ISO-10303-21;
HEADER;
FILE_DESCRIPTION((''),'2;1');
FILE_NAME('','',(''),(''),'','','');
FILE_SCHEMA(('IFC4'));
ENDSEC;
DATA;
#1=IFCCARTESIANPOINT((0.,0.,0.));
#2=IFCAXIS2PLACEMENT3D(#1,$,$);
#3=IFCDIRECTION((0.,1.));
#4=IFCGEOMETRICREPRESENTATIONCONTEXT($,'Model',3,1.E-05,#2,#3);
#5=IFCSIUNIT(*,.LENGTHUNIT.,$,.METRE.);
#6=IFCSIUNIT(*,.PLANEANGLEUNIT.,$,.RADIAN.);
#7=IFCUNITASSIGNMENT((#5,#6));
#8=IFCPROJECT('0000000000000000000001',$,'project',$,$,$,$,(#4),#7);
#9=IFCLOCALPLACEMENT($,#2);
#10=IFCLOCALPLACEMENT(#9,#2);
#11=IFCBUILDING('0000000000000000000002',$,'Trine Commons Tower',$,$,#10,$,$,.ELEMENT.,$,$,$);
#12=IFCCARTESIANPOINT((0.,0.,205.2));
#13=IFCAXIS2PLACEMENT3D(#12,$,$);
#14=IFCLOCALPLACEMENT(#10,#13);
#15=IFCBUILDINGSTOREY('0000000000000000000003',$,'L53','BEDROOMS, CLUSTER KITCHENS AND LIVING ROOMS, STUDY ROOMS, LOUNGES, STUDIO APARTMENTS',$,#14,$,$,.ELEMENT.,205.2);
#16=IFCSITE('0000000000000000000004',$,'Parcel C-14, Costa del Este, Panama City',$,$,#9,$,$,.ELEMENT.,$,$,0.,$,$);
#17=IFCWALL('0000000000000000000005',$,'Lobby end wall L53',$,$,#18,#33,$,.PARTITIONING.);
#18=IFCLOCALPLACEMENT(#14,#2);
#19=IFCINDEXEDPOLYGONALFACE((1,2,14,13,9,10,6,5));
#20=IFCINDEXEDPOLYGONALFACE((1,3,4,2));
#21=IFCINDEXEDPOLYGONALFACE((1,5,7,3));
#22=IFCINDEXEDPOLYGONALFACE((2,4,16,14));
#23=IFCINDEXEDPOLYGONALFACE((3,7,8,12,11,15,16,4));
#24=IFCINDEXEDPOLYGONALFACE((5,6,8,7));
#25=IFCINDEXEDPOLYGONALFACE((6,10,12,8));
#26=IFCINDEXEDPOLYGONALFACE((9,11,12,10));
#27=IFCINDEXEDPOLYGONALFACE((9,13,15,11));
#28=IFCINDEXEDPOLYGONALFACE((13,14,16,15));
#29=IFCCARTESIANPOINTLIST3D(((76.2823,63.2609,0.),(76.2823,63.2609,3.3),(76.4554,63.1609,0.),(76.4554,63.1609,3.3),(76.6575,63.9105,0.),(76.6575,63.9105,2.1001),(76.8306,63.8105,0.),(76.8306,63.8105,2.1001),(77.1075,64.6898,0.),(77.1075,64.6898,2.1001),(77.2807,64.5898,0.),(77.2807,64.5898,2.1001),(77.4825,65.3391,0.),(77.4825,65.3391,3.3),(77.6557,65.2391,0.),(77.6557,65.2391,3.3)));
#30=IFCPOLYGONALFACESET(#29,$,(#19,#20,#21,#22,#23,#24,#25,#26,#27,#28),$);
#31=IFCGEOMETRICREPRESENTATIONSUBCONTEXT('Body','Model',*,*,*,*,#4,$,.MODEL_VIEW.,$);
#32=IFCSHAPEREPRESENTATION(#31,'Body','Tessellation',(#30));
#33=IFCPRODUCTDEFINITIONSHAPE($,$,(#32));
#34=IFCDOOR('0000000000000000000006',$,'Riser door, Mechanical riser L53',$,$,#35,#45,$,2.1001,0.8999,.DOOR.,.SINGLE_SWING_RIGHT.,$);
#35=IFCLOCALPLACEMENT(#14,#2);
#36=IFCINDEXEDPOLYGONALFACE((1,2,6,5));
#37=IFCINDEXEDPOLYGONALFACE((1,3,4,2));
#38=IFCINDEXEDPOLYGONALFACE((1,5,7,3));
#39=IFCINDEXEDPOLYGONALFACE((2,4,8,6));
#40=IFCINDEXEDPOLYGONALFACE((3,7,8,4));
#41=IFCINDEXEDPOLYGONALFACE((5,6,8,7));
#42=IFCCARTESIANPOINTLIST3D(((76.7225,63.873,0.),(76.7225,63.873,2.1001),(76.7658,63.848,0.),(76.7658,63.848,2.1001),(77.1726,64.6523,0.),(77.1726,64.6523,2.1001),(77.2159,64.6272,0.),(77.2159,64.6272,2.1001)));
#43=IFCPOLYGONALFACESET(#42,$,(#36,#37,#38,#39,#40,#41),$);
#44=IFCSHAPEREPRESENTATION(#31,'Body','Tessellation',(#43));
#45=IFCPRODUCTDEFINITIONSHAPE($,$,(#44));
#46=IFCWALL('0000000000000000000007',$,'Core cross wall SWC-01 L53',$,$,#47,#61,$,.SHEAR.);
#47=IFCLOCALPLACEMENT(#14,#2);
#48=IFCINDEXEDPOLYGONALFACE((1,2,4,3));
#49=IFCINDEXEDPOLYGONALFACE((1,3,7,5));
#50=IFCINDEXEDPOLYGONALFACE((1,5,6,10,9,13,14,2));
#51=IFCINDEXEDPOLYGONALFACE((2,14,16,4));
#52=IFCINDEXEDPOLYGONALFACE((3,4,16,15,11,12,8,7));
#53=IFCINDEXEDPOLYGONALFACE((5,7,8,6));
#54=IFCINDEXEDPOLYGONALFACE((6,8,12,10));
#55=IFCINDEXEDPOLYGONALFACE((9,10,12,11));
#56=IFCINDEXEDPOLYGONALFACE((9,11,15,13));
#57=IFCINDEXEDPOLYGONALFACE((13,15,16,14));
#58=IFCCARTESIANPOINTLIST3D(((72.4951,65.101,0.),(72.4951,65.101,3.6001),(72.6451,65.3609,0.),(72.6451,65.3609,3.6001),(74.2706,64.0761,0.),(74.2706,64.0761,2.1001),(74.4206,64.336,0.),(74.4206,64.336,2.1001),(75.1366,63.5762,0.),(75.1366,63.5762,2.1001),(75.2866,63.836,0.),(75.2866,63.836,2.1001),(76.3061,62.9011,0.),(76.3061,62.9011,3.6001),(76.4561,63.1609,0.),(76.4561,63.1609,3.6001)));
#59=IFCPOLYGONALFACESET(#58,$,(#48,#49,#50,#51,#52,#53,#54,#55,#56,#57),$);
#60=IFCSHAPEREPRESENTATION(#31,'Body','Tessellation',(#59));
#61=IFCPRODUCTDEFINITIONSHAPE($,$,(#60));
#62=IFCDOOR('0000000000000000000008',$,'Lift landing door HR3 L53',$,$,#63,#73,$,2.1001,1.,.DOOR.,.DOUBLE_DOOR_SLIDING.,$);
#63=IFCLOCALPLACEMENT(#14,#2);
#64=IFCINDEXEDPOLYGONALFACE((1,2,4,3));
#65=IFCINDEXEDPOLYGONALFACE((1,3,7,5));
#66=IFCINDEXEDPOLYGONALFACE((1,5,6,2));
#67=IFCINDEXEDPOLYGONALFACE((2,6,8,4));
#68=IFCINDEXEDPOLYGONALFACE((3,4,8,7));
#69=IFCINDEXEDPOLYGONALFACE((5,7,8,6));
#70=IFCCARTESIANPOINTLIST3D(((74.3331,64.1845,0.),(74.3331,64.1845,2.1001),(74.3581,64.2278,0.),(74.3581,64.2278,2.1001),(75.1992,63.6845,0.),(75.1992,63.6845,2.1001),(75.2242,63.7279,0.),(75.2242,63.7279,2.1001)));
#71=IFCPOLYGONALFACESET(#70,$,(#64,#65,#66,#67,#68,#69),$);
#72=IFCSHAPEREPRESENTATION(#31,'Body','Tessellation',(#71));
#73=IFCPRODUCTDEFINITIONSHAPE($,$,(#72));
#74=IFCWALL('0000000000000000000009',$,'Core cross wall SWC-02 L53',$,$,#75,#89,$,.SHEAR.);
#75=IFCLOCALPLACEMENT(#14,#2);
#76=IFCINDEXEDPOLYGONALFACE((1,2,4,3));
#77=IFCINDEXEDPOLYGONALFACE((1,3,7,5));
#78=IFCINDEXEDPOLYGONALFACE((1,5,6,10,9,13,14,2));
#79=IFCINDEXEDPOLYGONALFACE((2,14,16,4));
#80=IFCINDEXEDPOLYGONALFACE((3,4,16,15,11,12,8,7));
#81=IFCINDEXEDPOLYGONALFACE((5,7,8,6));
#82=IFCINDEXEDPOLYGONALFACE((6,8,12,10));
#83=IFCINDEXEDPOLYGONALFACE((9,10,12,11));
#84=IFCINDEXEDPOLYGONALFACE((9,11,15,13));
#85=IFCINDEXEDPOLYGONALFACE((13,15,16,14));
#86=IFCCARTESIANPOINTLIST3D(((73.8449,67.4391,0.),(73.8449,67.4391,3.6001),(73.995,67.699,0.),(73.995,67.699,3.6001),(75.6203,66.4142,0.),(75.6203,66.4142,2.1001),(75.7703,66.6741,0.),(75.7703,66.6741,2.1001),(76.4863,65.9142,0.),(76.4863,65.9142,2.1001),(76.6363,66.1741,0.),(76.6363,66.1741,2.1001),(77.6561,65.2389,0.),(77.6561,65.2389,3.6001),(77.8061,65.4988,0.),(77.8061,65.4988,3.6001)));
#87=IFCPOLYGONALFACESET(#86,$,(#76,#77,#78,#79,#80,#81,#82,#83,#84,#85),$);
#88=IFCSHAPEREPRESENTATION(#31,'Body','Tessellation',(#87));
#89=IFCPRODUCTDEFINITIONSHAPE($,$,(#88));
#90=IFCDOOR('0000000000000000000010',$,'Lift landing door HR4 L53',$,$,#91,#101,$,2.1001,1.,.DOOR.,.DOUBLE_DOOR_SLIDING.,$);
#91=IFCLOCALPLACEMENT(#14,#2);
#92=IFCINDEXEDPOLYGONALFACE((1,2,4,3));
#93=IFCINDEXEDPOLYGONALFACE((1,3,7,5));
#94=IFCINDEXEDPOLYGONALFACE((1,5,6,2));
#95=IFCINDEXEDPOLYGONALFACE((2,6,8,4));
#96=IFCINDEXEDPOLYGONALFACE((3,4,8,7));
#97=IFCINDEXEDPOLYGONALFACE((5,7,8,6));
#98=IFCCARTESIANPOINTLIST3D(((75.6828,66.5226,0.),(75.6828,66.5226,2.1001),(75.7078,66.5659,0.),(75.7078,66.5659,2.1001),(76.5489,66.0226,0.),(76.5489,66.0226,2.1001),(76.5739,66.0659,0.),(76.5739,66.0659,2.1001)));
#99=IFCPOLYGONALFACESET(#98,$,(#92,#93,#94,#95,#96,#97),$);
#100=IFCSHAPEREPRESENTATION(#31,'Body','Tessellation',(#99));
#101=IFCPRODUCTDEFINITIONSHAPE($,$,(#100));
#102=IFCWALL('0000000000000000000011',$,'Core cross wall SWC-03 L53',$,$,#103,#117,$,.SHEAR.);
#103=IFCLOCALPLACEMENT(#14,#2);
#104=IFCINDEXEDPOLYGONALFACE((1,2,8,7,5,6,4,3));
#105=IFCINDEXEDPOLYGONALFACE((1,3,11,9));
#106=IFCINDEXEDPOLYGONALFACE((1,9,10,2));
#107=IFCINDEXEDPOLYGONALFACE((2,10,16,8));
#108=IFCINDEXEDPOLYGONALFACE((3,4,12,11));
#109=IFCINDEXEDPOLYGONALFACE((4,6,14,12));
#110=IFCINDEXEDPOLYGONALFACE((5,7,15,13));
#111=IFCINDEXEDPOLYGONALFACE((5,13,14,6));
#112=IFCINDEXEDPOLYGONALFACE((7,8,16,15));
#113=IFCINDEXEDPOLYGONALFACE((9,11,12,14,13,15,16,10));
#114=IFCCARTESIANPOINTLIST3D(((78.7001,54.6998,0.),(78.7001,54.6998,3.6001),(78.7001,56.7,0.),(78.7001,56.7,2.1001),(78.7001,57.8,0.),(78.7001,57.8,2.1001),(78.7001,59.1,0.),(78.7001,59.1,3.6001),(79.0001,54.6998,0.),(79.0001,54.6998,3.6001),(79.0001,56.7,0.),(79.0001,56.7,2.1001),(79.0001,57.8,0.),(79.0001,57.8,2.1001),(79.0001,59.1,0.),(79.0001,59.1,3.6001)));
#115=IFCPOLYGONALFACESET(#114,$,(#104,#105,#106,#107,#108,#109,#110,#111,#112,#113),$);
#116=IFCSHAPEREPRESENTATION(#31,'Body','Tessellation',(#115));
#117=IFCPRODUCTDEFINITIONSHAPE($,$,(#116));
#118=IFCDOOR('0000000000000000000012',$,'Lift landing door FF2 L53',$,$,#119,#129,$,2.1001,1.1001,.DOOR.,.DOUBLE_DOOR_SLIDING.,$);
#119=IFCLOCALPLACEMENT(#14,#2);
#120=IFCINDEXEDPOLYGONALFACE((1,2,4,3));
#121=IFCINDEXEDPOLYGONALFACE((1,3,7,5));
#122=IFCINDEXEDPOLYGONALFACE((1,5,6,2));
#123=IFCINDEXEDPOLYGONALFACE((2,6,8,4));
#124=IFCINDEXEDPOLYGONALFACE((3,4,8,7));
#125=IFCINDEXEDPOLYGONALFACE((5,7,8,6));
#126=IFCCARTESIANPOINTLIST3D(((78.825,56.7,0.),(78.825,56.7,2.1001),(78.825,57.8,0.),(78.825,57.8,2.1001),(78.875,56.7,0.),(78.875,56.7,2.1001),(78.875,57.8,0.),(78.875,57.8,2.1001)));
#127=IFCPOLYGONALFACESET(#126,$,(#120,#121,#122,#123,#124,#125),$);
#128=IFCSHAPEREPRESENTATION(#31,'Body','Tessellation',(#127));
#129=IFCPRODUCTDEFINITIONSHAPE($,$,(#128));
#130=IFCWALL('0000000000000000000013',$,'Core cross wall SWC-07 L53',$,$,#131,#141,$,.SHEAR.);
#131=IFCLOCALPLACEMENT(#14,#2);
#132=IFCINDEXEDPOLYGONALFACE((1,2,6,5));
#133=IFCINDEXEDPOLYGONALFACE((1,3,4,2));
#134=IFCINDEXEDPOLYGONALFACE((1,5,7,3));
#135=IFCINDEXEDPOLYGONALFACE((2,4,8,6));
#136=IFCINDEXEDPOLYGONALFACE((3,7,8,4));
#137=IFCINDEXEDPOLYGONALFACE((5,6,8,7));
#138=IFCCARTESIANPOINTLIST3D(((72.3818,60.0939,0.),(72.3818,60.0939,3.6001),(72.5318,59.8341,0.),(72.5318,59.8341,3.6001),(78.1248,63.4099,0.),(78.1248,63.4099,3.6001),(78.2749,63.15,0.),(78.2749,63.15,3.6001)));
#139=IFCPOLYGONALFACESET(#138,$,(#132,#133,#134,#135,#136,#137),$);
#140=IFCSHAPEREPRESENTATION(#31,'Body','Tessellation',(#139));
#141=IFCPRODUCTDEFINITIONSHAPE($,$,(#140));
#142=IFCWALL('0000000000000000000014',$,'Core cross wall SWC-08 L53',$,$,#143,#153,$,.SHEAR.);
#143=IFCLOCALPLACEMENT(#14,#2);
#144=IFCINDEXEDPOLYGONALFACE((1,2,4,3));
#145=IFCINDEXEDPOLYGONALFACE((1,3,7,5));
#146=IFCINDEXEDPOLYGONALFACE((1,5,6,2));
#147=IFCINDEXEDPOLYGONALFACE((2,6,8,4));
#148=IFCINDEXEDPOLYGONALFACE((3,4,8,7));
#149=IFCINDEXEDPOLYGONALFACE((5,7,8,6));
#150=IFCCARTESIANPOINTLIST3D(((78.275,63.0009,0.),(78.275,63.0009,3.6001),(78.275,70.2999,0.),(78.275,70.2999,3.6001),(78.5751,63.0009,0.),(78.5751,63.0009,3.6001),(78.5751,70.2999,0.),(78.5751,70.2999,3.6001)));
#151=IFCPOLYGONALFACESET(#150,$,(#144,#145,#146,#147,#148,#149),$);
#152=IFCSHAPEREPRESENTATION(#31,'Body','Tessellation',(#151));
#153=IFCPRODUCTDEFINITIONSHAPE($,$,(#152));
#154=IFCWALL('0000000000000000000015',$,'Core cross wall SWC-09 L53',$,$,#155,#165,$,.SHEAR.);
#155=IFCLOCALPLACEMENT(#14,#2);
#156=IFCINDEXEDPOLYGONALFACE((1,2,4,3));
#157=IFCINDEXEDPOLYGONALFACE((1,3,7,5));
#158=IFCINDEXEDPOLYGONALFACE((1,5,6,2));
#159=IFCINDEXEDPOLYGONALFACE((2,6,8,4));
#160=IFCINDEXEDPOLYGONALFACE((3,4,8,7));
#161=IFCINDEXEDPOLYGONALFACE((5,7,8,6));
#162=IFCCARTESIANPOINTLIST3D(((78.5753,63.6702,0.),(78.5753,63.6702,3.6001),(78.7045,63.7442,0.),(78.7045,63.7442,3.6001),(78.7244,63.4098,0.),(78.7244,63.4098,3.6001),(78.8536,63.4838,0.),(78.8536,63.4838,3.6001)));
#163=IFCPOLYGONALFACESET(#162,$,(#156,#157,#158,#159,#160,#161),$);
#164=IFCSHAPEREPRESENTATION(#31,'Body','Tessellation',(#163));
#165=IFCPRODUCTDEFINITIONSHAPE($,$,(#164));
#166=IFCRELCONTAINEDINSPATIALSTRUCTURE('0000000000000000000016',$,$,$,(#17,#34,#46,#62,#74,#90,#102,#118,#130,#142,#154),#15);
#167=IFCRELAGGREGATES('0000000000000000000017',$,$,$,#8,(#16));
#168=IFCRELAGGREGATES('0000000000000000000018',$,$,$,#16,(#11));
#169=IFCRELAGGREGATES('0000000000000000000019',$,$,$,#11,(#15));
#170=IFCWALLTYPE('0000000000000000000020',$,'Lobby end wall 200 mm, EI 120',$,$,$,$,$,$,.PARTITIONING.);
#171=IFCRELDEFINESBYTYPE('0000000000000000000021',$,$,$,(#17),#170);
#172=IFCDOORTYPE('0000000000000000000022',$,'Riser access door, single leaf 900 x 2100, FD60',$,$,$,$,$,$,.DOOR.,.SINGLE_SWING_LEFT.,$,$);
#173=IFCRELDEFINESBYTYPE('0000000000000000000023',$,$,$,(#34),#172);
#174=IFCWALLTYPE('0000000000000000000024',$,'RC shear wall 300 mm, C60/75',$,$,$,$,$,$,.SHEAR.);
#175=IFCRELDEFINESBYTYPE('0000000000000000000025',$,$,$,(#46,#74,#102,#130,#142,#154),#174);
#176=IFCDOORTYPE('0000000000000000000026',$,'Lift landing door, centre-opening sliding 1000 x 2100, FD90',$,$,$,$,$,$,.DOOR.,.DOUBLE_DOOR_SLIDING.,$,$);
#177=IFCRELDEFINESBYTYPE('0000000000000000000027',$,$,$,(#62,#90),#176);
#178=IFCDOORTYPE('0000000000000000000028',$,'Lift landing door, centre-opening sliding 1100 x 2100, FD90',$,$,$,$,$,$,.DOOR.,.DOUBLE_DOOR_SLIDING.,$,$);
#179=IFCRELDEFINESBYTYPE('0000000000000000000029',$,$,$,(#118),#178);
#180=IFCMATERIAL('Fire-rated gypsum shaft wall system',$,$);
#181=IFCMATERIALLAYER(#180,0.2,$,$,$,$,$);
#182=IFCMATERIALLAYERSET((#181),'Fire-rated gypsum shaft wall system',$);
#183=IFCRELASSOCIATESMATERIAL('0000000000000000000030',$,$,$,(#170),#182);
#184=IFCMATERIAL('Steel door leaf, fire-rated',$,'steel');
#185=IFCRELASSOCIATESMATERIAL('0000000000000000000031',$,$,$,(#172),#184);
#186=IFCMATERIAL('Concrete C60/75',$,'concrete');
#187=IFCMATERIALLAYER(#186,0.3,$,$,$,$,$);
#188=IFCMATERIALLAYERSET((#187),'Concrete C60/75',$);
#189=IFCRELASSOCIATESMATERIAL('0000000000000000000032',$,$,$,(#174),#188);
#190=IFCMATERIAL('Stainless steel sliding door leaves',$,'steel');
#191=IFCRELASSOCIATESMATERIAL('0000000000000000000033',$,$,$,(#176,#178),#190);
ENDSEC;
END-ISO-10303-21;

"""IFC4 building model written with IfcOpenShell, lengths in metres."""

from ifc_helpers import new_model, si_unit, direction, frame, frame_2d, origin, place, context, subcontext, project, spatial, rectangle, extrude, material, layer, layer_set, type_object, element, fill, save


model = new_model("IFC4")

# Units and contexts
model_context = context("Model", 3, precision=1e-05, world=origin(), true_north=direction((0.0, 1.0)))
body_context = subcontext(model_context, "Body", "Model", "MODEL_VIEW")
ifc_project = project(units=[si_unit("LENGTHUNIT", "METRE"), si_unit("PLANEANGLEUNIT", "RADIAN")], contexts=[model_context])

# Site, building, storey
site_placement = place(None, origin())
site = spatial("IfcSite", under=ifc_project, at=site_placement, Name="Parcel C-14, Costa del Este, Panama City", CompositionType="ELEMENT", RefElevation=0.0)
building_placement = place(site_placement, origin())
building = spatial("IfcBuilding", under=site, at=building_placement, Name="Trine Commons Tower", CompositionType="ELEMENT")
storey_placement = place(building_placement, frame((0.0, 0.0, 205.2)))
storey = spatial("IfcBuildingStorey", under=building, at=storey_placement, Name="L53", Description="BEDROOMS, CLUSTER KITCHENS AND LIVING ROOMS, STUDY ROOMS, LOUNGES, STUDIO APARTMENTS", CompositionType="ELEMENT", Elevation=205.2)

# Walls, openings, doors
ifc_material_1 = material(Name="Fire-rated gypsum shaft wall system")
ifc_layer_1 = layer(ifc_material_1, 0.2)
ifc_layer_set_1 = layer_set([ifc_layer_1], Name="Fire-rated gypsum shaft wall system")
wall_type_1 = type_object("IfcWallType", Name="Lobby end wall 200 mm, EI 120", PredefinedType="PARTITIONING", material=ifc_layer_set_1)
wall_1_placement = place(storey_placement, frame((77.5691, 65.2891, 0.0), z_axis=(0.0, 0.0, 1.0), x_axis=(-0.500122, -0.865955, 0.0)))
wall_1 = element("IfcWall", 1, at=wall_1_placement, inside=storey, type_object=wall_type_1, Name="Lobby end wall L53", PredefinedType="PARTITIONING", context=body_context, shape_type="SweptSolid", body=[
    extrude(rectangle(XDim=2.3999, YDim=0.2, at=frame_2d((1.2, 0.0))), origin(), (0.0, 0.0, 1.0), 3.3),
])
opening_1_placement = place(wall_1_placement, frame((0.7498, 0.0, 0.0)))
opening_1 = element("IfcOpeningElement", 2, at=opening_1_placement, cuts=wall_1, PredefinedType="OPENING", context=body_context, shape_type="SweptSolid", body=[
    extrude(rectangle(XDim=0.8999, YDim=2.1001, at=frame_2d((0.45, 1.05))), frame((0.0, 0.1099, 0.0), z_axis=(0.0, -1.0, 0.0), x_axis=(1.0, 0.0, 0.0)), (0.0, 0.0, 1.0), 0.22),
])
ifc_material_2 = material(Name="Steel door leaf, fire-rated", Category="steel")
door_type_1 = type_object("IfcDoorType", Name="Riser access door, single leaf 900 x 2100, FD60", OperationType="SINGLE_SWING_LEFT", PredefinedType="DOOR", material=ifc_material_2)
door_1_placement = place(opening_1_placement, frame((0.8999, 0.0, 0.0), z_axis=(0.0, 0.0, 1.0), x_axis=(-1.0, 0.0, 0.0)))
door_1 = element("IfcDoor", 3, at=door_1_placement, inside=storey, type_object=door_type_1, Name="Riser door, Mechanical riser L53", OperationType="SINGLE_SWING_RIGHT", OverallHeight=2.1001, OverallWidth=0.8999, PredefinedType="DOOR", context=body_context, shape_type="SweptSolid", body=[
    extrude(rectangle(XDim=0.8999, YDim=2.1001, at=frame_2d((0.45, 1.05))), frame((0.0, 0.0249, 0.0), z_axis=(0.0, -1.0, 0.0), x_axis=(1.0, 0.0, 0.0)), (0.0, 0.0, 1.0), 0.05),
])
fill(opening_1, door_1)
ifc_material_3 = material(Name="Concrete C60/75", Category="concrete")
ifc_layer_2 = layer(ifc_material_3, 0.3)
ifc_layer_set_2 = layer_set([ifc_layer_2], Name="Concrete C60/75")
wall_type_2 = type_object("IfcWallType", Name="RC shear wall 300 mm, C60/75", PredefinedType="SHEAR", material=ifc_layer_set_2)
wall_2_placement = place(storey_placement, frame((76.3811, 63.031, 0.0), z_axis=(0.0, 0.0, 1.0), x_axis=(-0.86606, 0.49994, 0.0)))
wall_2 = element("IfcWall", 4, at=wall_2_placement, inside=storey, type_object=wall_type_2, Name="Core cross wall SWC-01 L53", PredefinedType="SHEAR", context=body_context, shape_type="SweptSolid", body=[
    extrude(rectangle(XDim=4.4004, YDim=0.3, at=frame_2d((2.2002, 0.0))), origin(), (0.0, 0.0, 1.0), 3.6001),
])
opening_2_placement = place(wall_2_placement, frame((1.3503, 0.0, 0.0)))
opening_2 = element("IfcOpeningElement", 5, at=opening_2_placement, cuts=wall_2, PredefinedType="OPENING", context=body_context, shape_type="SweptSolid", body=[
    extrude(rectangle(XDim=1.0, YDim=2.1001, at=frame_2d((0.5, 1.05))), frame((0.0, 0.1599, 0.0), z_axis=(0.0, -1.0, 0.0), x_axis=(1.0, 0.0, 0.0)), (0.0, 0.0, 1.0), 0.3201),
])
ifc_material_4 = material(Name="Stainless steel sliding door leaves", Category="steel")
door_type_2 = type_object("IfcDoorType", Name="Lift landing door, centre-opening sliding 1000 x 2100, FD90", OperationType="DOUBLE_DOOR_SLIDING", PredefinedType="DOOR", material=ifc_material_4)
door_2_placement = place(opening_2_placement, origin())
door_2 = element("IfcDoor", 6, at=door_2_placement, inside=storey, type_object=door_type_2, Name="Lift landing door HR3 L53", OperationType="DOUBLE_DOOR_SLIDING", OverallHeight=2.1001, OverallWidth=1.0, PredefinedType="DOOR", context=body_context, shape_type="SweptSolid", body=[
    extrude(rectangle(XDim=1.0, YDim=2.1001, at=frame_2d((0.5, 1.05))), frame((0.0, 0.0249, 0.0), z_axis=(0.0, -1.0, 0.0), x_axis=(1.0, 0.0, 0.0)), (0.0, 0.0, 1.0), 0.05),
])
fill(opening_2, door_2)
wall_3_placement = place(storey_placement, frame((77.731, 65.3689, 0.0), z_axis=(0.0, 0.0, 1.0), x_axis=(-0.866036, 0.499982, 0.0)))
wall_3 = element("IfcWall", 7, at=wall_3_placement, inside=storey, type_object=wall_type_2, Name="Core cross wall SWC-02 L53", PredefinedType="SHEAR", context=body_context, shape_type="SweptSolid", body=[
    extrude(rectangle(XDim=4.4006, YDim=0.3, at=frame_2d((2.2002, 0.0))), origin(), (0.0, 0.0, 1.0), 3.6001),
])
opening_3_placement = place(wall_3_placement, frame((1.3506, 0.0, 0.0)))
opening_3 = element("IfcOpeningElement", 8, at=opening_3_placement, cuts=wall_3, PredefinedType="OPENING", context=body_context, shape_type="SweptSolid", body=[
    extrude(rectangle(XDim=1.0, YDim=2.1001, at=frame_2d((0.5, 1.05))), frame((0.0, 0.1599, 0.0), z_axis=(0.0, -1.0, 0.0), x_axis=(1.0, 0.0, 0.0)), (0.0, 0.0, 1.0), 0.3201),
])
door_3_placement = place(opening_3_placement, origin())
door_3 = element("IfcDoor", 9, at=door_3_placement, inside=storey, type_object=door_type_2, Name="Lift landing door HR4 L53", OperationType="DOUBLE_DOOR_SLIDING", OverallHeight=2.1001, OverallWidth=1.0, PredefinedType="DOOR", context=body_context, shape_type="SweptSolid", body=[
    extrude(rectangle(XDim=1.0, YDim=2.1001, at=frame_2d((0.5, 1.05))), frame((0.0, 0.0249, 0.0), z_axis=(0.0, -1.0, 0.0), x_axis=(1.0, 0.0, 0.0)), (0.0, 0.0, 1.0), 0.05),
])
fill(opening_3, door_3)
wall_4_placement = place(storey_placement, frame((78.8501, 59.1001, 0.0), z_axis=(0.0, 0.0, 1.0), x_axis=(0.0, -1.0, 0.0)))
wall_4 = element("IfcWall", 10, at=wall_4_placement, inside=storey, type_object=wall_type_2, Name="Core cross wall SWC-03 L53", PredefinedType="SHEAR", context=body_context, shape_type="SweptSolid", body=[
    extrude(rectangle(XDim=4.4001, YDim=0.3, at=frame_2d((2.2002, 0.0))), origin(), (0.0, 0.0, 1.0), 3.6001),
])
opening_4_placement = place(wall_4_placement, frame((1.3, 0.0, 0.0)))
opening_4 = element("IfcOpeningElement", 11, at=opening_4_placement, cuts=wall_4, PredefinedType="OPENING", context=body_context, shape_type="SweptSolid", body=[
    extrude(rectangle(XDim=1.1001, YDim=2.1001, at=frame_2d((0.55, 1.05))), frame((0.0, 0.1599, 0.0), z_axis=(0.0, -1.0, 0.0), x_axis=(1.0, 0.0, 0.0)), (0.0, 0.0, 1.0), 0.3201),
])
door_type_3 = type_object("IfcDoorType", Name="Lift landing door, centre-opening sliding 1100 x 2100, FD90", OperationType="DOUBLE_DOOR_SLIDING", PredefinedType="DOOR", material=ifc_material_4)
door_4_placement = place(opening_4_placement, origin())
door_4 = element("IfcDoor", 12, at=door_4_placement, inside=storey, type_object=door_type_3, Name="Lift landing door FF2 L53", OperationType="DOUBLE_DOOR_SLIDING", OverallHeight=2.1001, OverallWidth=1.1001, PredefinedType="DOOR", context=body_context, shape_type="SweptSolid", body=[
    extrude(rectangle(XDim=1.1001, YDim=2.1001, at=frame_2d((0.55, 1.05))), frame((0.0, 0.0249, 0.0), z_axis=(0.0, -1.0, 0.0), x_axis=(1.0, 0.0, 0.0)), (0.0, 0.0, 1.0), 0.05),
])
fill(opening_4, door_4)

# Walls
wall_5_placement = place(storey_placement, frame((78.2, 63.28, 0.0), z_axis=(0.0, 0.0, 1.0), x_axis=(-0.86601, -0.500027, 0.0)))
element("IfcWall", 13, at=wall_5_placement, inside=storey, type_object=wall_type_2, Name="Core cross wall SWC-07 L53", PredefinedType="SHEAR", context=body_context, shape_type="SweptSolid", body=[
    extrude(rectangle(XDim=6.6316, YDim=0.3, at=frame_2d((3.3159, 0.0))), origin(), (0.0, 0.0, 1.0), 3.6001),
])
wall_6_placement = place(storey_placement, frame((78.425, 63.001, 0.0), z_axis=(0.0, 0.0, 1.0), x_axis=(0.0, 1.0, 0.0)))
element("IfcWall", 14, at=wall_6_placement, inside=storey, type_object=wall_type_2, Name="Core cross wall SWC-08 L53", PredefinedType="SHEAR", context=body_context, shape_type="SweptSolid", body=[
    extrude(rectangle(XDim=7.2991, YDim=0.3, at=frame_2d((3.6494, 0.0))), origin(), (0.0, 0.0, 1.0), 3.6001),
])
wall_7_placement = place(storey_placement, frame((78.7791, 63.614, 0.0), z_axis=(0.0, 0.0, 1.0), x_axis=(-0.867738, -0.497022, 0.0)))
element("IfcWall", 15, at=wall_7_placement, inside=storey, type_object=wall_type_2, Name="Core cross wall SWC-09 L53", PredefinedType="SHEAR", context=body_context, shape_type="SweptSolid", body=[
    extrude(rectangle(XDim=0.1489, YDim=0.3, at=frame_2d((0.0745, 0.0))), origin(), (0.0, 0.0, 1.0), 3.6001),
])

save(model, "model.ifc")
